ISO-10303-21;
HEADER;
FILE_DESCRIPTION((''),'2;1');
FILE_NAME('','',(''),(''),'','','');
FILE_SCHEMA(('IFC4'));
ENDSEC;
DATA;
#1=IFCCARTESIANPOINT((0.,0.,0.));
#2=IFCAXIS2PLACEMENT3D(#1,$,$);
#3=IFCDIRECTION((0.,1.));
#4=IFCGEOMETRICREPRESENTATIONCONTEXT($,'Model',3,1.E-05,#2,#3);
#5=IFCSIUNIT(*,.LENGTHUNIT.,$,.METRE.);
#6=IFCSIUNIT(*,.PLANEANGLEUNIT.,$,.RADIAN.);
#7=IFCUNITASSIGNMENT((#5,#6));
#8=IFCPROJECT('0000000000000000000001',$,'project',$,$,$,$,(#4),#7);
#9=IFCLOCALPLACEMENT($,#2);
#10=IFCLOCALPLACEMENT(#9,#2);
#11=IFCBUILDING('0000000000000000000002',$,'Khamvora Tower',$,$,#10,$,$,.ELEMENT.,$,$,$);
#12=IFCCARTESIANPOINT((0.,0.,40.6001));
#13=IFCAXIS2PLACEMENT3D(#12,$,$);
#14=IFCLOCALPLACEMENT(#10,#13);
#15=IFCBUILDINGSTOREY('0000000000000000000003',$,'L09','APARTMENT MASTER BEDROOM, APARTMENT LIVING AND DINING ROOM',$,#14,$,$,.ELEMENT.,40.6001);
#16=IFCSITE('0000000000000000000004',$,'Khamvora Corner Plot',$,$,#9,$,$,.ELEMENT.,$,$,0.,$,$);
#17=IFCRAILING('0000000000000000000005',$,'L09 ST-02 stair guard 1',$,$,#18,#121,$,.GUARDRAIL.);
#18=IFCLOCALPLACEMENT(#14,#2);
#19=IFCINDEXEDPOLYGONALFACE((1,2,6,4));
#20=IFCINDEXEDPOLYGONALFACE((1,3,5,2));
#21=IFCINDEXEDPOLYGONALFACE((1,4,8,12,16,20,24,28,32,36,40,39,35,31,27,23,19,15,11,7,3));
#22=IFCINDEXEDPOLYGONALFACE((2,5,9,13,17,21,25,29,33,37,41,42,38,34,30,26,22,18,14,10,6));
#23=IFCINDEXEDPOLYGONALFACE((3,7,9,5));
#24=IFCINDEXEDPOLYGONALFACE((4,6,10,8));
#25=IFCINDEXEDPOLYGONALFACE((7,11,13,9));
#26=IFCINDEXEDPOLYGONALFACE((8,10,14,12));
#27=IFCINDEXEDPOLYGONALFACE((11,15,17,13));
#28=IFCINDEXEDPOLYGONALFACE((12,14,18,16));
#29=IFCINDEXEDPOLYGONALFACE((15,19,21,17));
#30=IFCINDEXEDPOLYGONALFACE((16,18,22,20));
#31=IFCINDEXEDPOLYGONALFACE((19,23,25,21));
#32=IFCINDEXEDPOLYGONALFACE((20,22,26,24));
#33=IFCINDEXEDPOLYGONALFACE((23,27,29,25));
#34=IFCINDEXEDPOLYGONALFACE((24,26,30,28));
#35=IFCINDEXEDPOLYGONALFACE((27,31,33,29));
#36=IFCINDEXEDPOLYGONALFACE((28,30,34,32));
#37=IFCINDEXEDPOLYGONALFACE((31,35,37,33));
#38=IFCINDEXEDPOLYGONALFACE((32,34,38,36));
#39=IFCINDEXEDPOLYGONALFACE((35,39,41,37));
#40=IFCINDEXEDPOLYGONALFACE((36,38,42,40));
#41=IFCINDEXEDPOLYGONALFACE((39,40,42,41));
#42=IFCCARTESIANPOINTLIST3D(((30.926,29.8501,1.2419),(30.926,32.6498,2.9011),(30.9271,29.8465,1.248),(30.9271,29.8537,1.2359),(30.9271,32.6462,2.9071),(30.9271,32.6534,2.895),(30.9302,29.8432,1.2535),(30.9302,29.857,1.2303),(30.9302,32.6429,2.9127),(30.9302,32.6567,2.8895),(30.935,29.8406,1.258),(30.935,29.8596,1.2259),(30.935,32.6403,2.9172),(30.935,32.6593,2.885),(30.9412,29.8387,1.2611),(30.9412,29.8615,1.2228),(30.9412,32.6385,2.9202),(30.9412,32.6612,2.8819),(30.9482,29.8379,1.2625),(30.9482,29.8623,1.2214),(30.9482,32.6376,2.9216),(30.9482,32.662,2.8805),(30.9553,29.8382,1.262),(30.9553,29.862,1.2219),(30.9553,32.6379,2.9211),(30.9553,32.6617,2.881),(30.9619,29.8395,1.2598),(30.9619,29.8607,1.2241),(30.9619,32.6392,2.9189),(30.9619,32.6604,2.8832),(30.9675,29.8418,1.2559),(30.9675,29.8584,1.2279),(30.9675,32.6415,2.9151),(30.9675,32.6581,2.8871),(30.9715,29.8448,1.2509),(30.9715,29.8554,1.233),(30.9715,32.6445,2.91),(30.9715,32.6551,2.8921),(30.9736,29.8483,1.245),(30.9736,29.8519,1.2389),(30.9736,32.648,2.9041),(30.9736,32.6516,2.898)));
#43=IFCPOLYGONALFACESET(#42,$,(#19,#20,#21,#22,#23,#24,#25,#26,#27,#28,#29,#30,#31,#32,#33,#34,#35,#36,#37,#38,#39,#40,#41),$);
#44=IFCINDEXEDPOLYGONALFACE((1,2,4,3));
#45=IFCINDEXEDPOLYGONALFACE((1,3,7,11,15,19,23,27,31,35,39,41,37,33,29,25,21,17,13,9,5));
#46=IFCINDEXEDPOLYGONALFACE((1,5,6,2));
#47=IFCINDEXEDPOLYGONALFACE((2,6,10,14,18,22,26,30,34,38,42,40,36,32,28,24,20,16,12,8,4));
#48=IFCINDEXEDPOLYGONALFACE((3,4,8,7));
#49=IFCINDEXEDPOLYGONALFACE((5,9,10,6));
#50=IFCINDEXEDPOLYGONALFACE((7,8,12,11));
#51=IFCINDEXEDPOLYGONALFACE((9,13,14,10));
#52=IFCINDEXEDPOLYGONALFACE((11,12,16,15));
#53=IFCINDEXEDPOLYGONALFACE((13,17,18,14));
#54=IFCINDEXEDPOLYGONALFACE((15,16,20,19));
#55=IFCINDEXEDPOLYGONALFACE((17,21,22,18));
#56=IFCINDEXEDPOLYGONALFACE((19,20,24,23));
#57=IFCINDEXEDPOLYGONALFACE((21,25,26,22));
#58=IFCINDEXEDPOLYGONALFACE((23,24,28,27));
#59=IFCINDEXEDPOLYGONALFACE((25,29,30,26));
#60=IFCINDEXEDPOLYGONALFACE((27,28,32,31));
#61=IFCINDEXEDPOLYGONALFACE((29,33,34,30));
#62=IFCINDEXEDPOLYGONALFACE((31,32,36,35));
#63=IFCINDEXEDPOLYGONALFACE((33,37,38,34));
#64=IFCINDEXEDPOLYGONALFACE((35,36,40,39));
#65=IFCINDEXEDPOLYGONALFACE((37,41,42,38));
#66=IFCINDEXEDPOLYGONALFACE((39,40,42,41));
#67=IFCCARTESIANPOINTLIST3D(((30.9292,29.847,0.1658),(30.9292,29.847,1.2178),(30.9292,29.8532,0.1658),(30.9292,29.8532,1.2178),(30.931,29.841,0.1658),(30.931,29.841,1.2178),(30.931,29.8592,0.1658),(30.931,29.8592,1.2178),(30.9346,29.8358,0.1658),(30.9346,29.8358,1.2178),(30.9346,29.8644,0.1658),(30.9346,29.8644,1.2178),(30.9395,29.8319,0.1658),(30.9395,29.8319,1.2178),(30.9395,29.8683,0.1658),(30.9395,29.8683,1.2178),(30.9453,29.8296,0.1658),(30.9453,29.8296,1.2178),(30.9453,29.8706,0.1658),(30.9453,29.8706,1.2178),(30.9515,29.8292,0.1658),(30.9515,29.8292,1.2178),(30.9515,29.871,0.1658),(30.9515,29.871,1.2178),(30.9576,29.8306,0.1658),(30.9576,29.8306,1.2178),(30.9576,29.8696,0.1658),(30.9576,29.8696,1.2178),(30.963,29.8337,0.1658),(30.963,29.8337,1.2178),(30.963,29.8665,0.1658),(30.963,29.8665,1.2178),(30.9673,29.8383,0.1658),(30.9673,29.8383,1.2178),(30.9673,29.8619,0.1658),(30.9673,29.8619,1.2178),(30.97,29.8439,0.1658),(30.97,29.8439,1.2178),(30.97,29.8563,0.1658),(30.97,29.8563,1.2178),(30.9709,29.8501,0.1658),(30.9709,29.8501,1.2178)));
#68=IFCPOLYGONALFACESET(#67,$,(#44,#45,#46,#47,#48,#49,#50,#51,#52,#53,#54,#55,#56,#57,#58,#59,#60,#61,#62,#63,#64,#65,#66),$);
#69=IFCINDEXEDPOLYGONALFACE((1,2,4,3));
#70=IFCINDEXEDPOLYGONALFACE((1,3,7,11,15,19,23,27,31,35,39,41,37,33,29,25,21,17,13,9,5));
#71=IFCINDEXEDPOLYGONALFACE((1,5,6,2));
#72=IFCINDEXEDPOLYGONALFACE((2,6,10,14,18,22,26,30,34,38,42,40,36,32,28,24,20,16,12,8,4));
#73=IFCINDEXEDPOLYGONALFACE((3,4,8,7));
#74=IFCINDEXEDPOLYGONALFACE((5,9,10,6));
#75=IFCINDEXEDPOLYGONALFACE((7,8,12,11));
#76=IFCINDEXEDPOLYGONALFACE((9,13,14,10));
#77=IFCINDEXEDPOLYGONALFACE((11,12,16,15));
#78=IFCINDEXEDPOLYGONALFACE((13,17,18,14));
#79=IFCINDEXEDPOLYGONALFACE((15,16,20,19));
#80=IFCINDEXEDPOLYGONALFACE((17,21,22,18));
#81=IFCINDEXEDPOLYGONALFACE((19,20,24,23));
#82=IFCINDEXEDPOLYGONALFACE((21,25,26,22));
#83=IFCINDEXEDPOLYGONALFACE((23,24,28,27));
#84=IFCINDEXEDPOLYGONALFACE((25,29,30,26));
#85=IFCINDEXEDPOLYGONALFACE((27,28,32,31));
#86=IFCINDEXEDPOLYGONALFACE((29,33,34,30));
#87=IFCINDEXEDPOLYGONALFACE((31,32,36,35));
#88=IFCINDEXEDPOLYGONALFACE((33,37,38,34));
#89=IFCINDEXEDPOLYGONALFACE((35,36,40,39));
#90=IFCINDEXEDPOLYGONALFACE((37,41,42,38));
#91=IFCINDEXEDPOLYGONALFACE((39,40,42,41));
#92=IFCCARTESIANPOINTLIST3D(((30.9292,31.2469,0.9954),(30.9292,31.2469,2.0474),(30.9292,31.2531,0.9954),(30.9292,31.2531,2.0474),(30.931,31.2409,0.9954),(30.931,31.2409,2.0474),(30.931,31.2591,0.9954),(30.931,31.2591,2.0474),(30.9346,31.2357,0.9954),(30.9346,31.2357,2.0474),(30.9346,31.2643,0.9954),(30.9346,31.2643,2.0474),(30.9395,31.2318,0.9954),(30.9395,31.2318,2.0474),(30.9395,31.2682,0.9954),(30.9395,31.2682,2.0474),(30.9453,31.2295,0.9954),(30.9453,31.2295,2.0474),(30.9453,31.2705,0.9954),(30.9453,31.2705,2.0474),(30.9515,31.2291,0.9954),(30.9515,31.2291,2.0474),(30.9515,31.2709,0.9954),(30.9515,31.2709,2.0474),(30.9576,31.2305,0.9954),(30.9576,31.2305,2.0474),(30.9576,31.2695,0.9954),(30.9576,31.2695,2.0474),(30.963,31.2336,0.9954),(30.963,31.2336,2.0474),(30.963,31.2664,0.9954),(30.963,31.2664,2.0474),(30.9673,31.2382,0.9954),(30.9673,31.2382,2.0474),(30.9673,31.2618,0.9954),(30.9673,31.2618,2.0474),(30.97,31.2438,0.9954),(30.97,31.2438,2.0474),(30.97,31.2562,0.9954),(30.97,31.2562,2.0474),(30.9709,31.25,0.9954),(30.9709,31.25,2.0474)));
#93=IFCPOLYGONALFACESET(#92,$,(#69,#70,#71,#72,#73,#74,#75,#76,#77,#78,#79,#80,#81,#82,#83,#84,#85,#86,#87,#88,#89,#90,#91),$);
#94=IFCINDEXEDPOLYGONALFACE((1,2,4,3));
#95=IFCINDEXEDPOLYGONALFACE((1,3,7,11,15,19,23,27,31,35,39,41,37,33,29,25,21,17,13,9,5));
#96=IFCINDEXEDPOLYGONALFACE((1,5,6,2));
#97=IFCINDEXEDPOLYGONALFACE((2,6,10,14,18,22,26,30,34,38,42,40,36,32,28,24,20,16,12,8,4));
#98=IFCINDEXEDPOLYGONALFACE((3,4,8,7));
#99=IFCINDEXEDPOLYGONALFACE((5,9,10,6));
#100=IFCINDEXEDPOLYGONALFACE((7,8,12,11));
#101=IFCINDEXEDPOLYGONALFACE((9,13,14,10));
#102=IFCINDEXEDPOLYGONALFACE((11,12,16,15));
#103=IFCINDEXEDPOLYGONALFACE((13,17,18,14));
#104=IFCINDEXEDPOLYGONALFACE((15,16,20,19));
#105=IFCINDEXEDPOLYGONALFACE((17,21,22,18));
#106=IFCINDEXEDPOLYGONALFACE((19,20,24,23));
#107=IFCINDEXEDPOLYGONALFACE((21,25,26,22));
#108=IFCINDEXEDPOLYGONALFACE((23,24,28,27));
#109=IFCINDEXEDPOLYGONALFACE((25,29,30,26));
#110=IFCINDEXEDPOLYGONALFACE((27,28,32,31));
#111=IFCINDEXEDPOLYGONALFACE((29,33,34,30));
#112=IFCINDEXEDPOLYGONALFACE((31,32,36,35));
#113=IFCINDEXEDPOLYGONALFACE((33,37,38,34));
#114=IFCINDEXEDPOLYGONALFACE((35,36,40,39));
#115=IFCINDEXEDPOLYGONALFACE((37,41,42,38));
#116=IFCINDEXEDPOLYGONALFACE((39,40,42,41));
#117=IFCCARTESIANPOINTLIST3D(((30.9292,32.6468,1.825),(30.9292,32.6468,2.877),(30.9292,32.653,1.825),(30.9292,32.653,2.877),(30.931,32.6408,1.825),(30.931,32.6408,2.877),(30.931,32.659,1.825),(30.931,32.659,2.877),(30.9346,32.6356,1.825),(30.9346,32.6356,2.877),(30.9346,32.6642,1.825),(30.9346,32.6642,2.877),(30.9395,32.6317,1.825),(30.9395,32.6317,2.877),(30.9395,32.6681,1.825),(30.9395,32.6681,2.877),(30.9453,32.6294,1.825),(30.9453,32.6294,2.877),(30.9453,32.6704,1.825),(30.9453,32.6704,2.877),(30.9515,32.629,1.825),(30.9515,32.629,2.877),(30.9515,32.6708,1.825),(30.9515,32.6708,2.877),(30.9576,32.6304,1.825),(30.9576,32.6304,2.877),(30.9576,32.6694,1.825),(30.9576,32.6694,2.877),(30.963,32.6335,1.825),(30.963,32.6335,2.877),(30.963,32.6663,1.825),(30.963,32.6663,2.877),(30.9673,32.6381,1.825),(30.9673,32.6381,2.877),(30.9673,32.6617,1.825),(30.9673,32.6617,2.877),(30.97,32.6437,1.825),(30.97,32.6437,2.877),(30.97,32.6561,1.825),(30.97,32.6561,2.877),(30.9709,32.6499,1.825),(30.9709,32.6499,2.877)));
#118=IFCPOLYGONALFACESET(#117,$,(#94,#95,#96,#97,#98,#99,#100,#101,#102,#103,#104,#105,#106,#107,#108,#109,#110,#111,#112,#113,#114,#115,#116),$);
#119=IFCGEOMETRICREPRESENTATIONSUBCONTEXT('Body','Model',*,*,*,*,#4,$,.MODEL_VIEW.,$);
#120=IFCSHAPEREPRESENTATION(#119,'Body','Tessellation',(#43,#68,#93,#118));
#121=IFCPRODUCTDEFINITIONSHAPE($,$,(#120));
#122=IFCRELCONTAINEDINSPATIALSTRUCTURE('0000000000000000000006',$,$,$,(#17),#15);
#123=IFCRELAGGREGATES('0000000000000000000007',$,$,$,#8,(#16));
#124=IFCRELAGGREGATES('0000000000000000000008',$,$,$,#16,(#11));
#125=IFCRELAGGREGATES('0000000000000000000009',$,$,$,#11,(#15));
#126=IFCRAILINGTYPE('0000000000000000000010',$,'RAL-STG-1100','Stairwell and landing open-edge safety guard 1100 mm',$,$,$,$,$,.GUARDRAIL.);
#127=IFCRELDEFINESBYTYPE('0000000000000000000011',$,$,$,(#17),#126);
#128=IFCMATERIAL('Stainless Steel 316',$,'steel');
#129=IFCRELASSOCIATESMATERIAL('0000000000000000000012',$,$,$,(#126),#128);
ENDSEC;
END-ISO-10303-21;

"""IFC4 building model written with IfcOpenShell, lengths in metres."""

from ifc_helpers import new_model, si_unit, direction, frame, origin, origin_2d, place, context, subcontext, project, spatial, circle, extrude, material, type_object, element, save


model = new_model("IFC4")

# Units and contexts
model_context = context("Model", 3, precision=1e-05, world=origin(), true_north=direction((0.0, 1.0)))
body_context = subcontext(model_context, "Body", "Model", "MODEL_VIEW")
ifc_project = project(units=[si_unit("LENGTHUNIT", "METRE"), si_unit("PLANEANGLEUNIT", "RADIAN")], contexts=[model_context])

# Site, building, storey
site_placement = place(None, origin())
site = spatial("IfcSite", under=ifc_project, at=site_placement, Name="Khamvora Corner Plot", CompositionType="ELEMENT", RefElevation=0.0)
building_placement = place(site_placement, origin())
building = spatial("IfcBuilding", under=site, at=building_placement, Name="Khamvora Tower", CompositionType="ELEMENT")
storey_placement = place(building_placement, frame((0.0, 0.0, 40.6001)))
storey = spatial("IfcBuildingStorey", under=building, at=storey_placement, Name="L09", Description="APARTMENT MASTER BEDROOM, APARTMENT LIVING AND DINING ROOM", CompositionType="ELEMENT", Elevation=40.6001)

# Railing
ifc_material_1 = material(Name="Stainless Steel 316", Category="steel")
railing_type_1 = type_object("IfcRailingType", Name="RAL-STG-1100", Description="Stairwell and landing open-edge safety guard 1100 mm", PredefinedType="GUARDRAIL", material=ifc_material_1)
railing_1_placement = place(storey_placement, frame((30.95, 29.8501, 0.1658)))
element("IfcRailing", 1, at=railing_1_placement, inside=storey, type_object=railing_type_1, Name="L09 ST-02 stair guard 1", PredefinedType="GUARDRAIL", context=body_context, shape_type="SweptSolid", body=[
    extrude(circle(Radius=0.0239, at=origin_2d()), frame((0.0, 0.0, 1.0762), z_axis=(0.0, 0.860287, 0.509811), x_axis=(-1.0, 0.0, 0.0)), (0.0, 0.0, 1.0), 3.2544),
    extrude(circle(Radius=0.021, at=origin_2d()), origin(), (0.0, 0.0, 1.0), 1.052),
    extrude(circle(Radius=0.021, at=origin_2d()), frame((0.0, 1.3999, 0.8296)), (0.0, 0.0, 1.0), 1.052),
    extrude(circle(Radius=0.021, at=origin_2d()), frame((0.0, 2.7998, 1.6592)), (0.0, 0.0, 1.0), 1.052),
])

save(model, "model.ifc")
